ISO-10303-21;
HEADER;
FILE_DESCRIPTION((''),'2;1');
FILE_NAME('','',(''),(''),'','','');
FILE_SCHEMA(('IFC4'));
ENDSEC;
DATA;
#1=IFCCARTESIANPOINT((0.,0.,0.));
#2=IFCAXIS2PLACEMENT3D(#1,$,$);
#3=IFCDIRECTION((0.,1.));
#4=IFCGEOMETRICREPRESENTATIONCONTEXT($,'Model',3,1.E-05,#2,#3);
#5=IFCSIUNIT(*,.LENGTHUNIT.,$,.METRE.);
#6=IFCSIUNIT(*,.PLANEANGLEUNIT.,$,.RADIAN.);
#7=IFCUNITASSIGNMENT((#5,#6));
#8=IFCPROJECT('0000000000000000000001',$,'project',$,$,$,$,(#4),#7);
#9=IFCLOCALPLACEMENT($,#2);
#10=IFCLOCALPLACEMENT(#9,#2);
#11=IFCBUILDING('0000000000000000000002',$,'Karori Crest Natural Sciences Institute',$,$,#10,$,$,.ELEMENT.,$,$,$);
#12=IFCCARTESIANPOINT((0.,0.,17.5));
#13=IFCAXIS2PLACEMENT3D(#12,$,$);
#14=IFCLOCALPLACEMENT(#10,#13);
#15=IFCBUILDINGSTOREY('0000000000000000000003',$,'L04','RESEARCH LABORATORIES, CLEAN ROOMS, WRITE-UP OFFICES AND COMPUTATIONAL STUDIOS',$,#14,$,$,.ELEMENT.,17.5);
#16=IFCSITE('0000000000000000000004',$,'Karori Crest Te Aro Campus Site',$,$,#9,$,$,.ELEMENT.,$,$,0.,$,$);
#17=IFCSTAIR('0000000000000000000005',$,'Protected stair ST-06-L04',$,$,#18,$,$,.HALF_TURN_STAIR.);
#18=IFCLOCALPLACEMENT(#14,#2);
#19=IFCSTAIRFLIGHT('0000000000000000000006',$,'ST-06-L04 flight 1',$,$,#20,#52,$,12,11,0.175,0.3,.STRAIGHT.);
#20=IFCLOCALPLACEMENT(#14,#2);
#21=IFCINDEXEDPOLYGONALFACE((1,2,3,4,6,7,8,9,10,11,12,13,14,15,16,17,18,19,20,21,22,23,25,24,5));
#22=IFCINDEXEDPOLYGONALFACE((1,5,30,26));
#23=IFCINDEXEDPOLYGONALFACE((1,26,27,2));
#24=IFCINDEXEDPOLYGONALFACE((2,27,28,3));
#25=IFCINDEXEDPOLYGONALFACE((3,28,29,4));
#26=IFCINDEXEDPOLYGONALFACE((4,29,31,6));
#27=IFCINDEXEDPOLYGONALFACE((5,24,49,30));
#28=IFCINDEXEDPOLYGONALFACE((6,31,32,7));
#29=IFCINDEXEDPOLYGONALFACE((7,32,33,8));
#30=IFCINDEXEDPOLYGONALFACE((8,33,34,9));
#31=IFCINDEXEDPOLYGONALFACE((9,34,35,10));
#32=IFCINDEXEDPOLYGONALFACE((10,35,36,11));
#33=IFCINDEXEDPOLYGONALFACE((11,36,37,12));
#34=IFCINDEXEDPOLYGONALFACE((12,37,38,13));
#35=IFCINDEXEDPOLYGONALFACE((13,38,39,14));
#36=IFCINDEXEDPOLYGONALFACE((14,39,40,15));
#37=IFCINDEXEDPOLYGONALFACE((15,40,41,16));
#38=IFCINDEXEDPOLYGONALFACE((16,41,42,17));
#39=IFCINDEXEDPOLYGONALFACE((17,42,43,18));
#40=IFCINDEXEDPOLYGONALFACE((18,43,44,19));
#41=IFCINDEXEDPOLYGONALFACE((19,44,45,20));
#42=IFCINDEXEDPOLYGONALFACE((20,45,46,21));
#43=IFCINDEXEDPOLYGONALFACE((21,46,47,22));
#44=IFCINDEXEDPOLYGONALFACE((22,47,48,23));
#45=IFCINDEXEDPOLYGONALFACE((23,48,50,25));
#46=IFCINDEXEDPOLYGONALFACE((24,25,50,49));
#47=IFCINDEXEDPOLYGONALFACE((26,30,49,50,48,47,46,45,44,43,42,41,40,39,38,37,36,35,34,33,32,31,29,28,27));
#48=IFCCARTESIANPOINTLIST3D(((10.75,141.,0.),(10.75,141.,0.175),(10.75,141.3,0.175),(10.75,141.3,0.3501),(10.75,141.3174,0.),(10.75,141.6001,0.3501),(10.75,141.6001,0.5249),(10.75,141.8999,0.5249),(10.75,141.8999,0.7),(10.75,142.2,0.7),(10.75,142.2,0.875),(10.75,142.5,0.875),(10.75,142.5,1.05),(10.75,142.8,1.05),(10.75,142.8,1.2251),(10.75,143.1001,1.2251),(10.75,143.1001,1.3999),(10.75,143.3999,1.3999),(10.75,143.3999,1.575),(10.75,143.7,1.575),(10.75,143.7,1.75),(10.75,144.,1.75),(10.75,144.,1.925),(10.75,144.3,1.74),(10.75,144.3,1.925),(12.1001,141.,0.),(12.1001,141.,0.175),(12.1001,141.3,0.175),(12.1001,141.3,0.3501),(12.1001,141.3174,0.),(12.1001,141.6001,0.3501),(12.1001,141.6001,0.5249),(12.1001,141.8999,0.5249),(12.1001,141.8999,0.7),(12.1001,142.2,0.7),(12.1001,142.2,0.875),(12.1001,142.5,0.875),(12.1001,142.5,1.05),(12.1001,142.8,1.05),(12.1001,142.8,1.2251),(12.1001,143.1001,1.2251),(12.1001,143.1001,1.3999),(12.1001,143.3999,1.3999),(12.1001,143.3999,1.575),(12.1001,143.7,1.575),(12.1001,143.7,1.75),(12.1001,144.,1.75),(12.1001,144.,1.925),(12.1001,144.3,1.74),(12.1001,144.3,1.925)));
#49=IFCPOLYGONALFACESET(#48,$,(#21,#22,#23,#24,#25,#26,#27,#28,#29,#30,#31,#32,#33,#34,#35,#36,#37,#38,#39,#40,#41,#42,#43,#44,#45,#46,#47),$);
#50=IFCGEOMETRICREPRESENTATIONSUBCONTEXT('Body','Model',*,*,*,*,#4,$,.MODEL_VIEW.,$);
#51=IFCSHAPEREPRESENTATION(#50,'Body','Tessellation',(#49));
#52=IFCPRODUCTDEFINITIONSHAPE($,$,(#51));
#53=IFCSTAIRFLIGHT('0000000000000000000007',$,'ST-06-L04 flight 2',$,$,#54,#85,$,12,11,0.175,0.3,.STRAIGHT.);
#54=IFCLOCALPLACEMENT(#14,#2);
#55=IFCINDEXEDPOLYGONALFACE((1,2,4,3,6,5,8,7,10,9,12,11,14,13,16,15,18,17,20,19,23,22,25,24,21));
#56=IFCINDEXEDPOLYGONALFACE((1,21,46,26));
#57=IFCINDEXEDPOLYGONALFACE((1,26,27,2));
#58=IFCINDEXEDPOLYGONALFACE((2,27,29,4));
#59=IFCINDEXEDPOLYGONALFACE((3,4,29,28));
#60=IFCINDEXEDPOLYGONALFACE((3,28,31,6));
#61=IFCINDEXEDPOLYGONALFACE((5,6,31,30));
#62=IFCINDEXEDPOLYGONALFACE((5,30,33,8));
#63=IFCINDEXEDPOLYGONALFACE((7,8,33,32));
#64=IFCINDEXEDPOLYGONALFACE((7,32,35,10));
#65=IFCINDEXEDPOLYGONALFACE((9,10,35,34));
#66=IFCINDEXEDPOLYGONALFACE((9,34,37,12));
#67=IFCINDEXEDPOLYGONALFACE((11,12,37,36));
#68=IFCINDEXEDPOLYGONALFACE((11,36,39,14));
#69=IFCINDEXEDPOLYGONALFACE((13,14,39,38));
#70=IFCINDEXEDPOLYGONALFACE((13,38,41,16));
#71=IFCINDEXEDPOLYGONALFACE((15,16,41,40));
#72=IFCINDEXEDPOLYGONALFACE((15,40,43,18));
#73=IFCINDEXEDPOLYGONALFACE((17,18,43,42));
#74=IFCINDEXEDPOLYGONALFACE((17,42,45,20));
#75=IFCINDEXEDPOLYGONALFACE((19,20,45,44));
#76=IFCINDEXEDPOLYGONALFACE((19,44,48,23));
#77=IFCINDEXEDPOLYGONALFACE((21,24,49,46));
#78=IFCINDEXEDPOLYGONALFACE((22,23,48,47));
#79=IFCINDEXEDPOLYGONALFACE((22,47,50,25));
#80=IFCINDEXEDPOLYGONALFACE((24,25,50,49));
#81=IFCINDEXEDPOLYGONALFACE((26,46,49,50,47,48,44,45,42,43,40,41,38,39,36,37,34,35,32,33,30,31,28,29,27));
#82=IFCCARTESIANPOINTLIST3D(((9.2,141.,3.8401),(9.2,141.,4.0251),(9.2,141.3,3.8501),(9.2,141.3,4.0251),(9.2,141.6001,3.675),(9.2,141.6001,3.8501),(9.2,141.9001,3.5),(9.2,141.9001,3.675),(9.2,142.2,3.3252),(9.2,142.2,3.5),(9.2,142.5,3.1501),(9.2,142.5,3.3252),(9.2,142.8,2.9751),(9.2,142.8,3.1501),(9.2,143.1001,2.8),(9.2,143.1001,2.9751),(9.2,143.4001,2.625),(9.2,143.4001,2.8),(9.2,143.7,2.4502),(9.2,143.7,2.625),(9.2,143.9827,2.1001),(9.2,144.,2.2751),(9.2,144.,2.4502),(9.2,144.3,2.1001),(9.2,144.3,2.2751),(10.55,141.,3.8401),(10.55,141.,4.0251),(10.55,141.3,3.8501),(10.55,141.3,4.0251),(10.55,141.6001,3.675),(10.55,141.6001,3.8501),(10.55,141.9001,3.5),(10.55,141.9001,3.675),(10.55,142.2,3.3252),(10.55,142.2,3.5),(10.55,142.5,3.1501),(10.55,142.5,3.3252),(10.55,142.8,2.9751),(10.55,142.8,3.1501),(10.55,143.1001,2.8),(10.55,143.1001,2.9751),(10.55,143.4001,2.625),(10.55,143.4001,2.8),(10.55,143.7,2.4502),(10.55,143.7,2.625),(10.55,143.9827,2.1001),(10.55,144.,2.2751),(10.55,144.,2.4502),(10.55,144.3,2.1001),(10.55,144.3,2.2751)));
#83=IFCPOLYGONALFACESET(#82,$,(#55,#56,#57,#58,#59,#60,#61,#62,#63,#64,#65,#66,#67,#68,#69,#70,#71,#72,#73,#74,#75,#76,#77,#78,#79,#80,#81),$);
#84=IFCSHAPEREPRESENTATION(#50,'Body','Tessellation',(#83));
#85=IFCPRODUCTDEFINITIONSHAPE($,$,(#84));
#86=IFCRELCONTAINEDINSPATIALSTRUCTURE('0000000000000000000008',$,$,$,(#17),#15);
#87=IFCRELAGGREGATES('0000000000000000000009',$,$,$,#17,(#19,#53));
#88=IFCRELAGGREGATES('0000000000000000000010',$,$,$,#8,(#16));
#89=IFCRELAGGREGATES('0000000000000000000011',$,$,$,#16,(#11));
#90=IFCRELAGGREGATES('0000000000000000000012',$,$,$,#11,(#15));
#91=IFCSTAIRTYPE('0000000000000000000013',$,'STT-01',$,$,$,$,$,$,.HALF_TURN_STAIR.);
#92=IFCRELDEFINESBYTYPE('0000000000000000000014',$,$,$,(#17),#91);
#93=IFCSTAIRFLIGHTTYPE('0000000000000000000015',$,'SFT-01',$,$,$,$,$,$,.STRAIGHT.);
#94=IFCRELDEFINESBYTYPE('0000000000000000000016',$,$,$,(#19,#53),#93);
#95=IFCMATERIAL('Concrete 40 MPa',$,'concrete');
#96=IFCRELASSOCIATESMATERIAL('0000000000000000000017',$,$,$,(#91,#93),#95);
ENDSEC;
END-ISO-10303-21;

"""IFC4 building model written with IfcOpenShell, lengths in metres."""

from ifc_helpers import new_model, si_unit, direction, frame, origin, place, context, subcontext, project, spatial, polyline, outline, extrude, material, type_object, element, aggregate, save


model = new_model("IFC4")

# Units and contexts
model_context = context("Model", 3, precision=1e-05, world=origin(), true_north=direction((0.0, 1.0)))
body_context = subcontext(model_context, "Body", "Model", "MODEL_VIEW")
ifc_project = project(units=[si_unit("LENGTHUNIT", "METRE"), si_unit("PLANEANGLEUNIT", "RADIAN")], contexts=[model_context])

# Site, building, storey
site_placement = place(None, origin())
site = spatial("IfcSite", under=ifc_project, at=site_placement, Name="Karori Crest Te Aro Campus Site", CompositionType="ELEMENT", RefElevation=0.0)
building_placement = place(site_placement, origin())
building = spatial("IfcBuilding", under=site, at=building_placement, Name="Karori Crest Natural Sciences Institute", CompositionType="ELEMENT")
storey_placement = place(building_placement, frame((0.0, 0.0, 17.5)))
storey = spatial("IfcBuildingStorey", under=building, at=storey_placement, Name="L04", Description="RESEARCH LABORATORIES, CLEAN ROOMS, WRITE-UP OFFICES AND COMPUTATIONAL STUDIOS", CompositionType="ELEMENT", Elevation=17.5)

# Stair, stair flights
ifc_material_1 = material(Name="Concrete 40 MPa", Category="concrete")
stair_type = type_object("IfcStairType", Name="STT-01", PredefinedType="HALF_TURN_STAIR", material=ifc_material_1)
stair_placement = place(storey_placement, origin())
stair = element("IfcStair", 1, at=stair_placement, inside=storey, type_object=stair_type, Name="Protected stair ST-06-L04", PredefinedType="HALF_TURN_STAIR")
stair_flight_type = type_object("IfcStairFlightType", Name="SFT-01", PredefinedType="STRAIGHT", material=ifc_material_1)
stair_flight_1_placement = place(storey_placement, frame((11.425, 141.0, 0.0), z_axis=(0.0, 0.0, 1.0), x_axis=(0.0, 1.0, 0.0)))
stair_flight_1 = element("IfcStairFlight", 2, at=stair_flight_1_placement, type_object=stair_flight_type, Name="ST-06-L04 flight 1", NumberOfRisers=12, NumberOfTreads=11, PredefinedType="STRAIGHT", RiserHeight=0.175, TreadLength=0.3, context=body_context, shape_type="SweptSolid", body=[
    extrude(outline(polyline([(0.0, 0.0), (0.0, 0.175), (0.3, 0.175), (0.3, 0.3501), (0.6001, 0.3501), (0.6001, 0.5249), (0.8999, 0.5249), (0.8999, 0.7), (1.2, 0.7), (1.2, 0.875), (1.5, 0.875), (1.5, 1.05), (1.8, 1.05), (1.8, 1.2251), (2.1001, 1.2251), (2.1001, 1.3999), (2.3999, 1.3999), (2.3999, 1.575), (2.7, 1.575), (2.7, 1.75), (3.0, 1.75), (3.0, 1.925), (3.3, 1.925), (3.3, 2.1001), (3.3, 1.74), (0.3174, 0.0), (0.0, 0.0)])), frame((0.0, 0.675, 0.0), z_axis=(0.0, -1.0, 0.0), x_axis=(1.0, 0.0, 0.0)), (0.0, 0.0, 1.0), 1.3501),
])
stair_flight_2_placement = place(storey_placement, frame((9.875, 144.3, 2.1001), z_axis=(0.0, 0.0, 1.0), x_axis=(0.0, -1.0, 0.0)))
stair_flight_2 = element("IfcStairFlight", 3, at=stair_flight_2_placement, type_object=stair_flight_type, Name="ST-06-L04 flight 2", NumberOfRisers=12, NumberOfTreads=11, PredefinedType="STRAIGHT", RiserHeight=0.175, TreadLength=0.3, context=body_context, shape_type="SweptSolid", body=[
    extrude(outline(polyline([(0.0, 0.0), (0.0, 0.175), (0.3, 0.175), (0.3, 0.3501), (0.6001, 0.3501), (0.6001, 0.5249), (0.8999, 0.5249), (0.8999, 0.7), (1.2, 0.7), (1.2, 0.875), (1.5, 0.875), (1.5, 1.05), (1.8, 1.05), (1.8, 1.2251), (2.1001, 1.2251), (2.1001, 1.3999), (2.3999, 1.3999), (2.3999, 1.575), (2.7, 1.575), (2.7, 1.75), (3.0, 1.75), (3.0, 1.925), (3.3, 1.925), (3.3, 2.1001), (3.3, 1.74), (0.3174, 0.0), (0.0, 0.0)])), frame((0.0, 0.675, 0.0), z_axis=(0.0, -1.0, 0.0), x_axis=(1.0, 0.0, 0.0)), (0.0, 0.0, 1.0), 1.3501),
])
aggregate(stair, [stair_flight_1, stair_flight_2])

save(model, "model.ifc")
